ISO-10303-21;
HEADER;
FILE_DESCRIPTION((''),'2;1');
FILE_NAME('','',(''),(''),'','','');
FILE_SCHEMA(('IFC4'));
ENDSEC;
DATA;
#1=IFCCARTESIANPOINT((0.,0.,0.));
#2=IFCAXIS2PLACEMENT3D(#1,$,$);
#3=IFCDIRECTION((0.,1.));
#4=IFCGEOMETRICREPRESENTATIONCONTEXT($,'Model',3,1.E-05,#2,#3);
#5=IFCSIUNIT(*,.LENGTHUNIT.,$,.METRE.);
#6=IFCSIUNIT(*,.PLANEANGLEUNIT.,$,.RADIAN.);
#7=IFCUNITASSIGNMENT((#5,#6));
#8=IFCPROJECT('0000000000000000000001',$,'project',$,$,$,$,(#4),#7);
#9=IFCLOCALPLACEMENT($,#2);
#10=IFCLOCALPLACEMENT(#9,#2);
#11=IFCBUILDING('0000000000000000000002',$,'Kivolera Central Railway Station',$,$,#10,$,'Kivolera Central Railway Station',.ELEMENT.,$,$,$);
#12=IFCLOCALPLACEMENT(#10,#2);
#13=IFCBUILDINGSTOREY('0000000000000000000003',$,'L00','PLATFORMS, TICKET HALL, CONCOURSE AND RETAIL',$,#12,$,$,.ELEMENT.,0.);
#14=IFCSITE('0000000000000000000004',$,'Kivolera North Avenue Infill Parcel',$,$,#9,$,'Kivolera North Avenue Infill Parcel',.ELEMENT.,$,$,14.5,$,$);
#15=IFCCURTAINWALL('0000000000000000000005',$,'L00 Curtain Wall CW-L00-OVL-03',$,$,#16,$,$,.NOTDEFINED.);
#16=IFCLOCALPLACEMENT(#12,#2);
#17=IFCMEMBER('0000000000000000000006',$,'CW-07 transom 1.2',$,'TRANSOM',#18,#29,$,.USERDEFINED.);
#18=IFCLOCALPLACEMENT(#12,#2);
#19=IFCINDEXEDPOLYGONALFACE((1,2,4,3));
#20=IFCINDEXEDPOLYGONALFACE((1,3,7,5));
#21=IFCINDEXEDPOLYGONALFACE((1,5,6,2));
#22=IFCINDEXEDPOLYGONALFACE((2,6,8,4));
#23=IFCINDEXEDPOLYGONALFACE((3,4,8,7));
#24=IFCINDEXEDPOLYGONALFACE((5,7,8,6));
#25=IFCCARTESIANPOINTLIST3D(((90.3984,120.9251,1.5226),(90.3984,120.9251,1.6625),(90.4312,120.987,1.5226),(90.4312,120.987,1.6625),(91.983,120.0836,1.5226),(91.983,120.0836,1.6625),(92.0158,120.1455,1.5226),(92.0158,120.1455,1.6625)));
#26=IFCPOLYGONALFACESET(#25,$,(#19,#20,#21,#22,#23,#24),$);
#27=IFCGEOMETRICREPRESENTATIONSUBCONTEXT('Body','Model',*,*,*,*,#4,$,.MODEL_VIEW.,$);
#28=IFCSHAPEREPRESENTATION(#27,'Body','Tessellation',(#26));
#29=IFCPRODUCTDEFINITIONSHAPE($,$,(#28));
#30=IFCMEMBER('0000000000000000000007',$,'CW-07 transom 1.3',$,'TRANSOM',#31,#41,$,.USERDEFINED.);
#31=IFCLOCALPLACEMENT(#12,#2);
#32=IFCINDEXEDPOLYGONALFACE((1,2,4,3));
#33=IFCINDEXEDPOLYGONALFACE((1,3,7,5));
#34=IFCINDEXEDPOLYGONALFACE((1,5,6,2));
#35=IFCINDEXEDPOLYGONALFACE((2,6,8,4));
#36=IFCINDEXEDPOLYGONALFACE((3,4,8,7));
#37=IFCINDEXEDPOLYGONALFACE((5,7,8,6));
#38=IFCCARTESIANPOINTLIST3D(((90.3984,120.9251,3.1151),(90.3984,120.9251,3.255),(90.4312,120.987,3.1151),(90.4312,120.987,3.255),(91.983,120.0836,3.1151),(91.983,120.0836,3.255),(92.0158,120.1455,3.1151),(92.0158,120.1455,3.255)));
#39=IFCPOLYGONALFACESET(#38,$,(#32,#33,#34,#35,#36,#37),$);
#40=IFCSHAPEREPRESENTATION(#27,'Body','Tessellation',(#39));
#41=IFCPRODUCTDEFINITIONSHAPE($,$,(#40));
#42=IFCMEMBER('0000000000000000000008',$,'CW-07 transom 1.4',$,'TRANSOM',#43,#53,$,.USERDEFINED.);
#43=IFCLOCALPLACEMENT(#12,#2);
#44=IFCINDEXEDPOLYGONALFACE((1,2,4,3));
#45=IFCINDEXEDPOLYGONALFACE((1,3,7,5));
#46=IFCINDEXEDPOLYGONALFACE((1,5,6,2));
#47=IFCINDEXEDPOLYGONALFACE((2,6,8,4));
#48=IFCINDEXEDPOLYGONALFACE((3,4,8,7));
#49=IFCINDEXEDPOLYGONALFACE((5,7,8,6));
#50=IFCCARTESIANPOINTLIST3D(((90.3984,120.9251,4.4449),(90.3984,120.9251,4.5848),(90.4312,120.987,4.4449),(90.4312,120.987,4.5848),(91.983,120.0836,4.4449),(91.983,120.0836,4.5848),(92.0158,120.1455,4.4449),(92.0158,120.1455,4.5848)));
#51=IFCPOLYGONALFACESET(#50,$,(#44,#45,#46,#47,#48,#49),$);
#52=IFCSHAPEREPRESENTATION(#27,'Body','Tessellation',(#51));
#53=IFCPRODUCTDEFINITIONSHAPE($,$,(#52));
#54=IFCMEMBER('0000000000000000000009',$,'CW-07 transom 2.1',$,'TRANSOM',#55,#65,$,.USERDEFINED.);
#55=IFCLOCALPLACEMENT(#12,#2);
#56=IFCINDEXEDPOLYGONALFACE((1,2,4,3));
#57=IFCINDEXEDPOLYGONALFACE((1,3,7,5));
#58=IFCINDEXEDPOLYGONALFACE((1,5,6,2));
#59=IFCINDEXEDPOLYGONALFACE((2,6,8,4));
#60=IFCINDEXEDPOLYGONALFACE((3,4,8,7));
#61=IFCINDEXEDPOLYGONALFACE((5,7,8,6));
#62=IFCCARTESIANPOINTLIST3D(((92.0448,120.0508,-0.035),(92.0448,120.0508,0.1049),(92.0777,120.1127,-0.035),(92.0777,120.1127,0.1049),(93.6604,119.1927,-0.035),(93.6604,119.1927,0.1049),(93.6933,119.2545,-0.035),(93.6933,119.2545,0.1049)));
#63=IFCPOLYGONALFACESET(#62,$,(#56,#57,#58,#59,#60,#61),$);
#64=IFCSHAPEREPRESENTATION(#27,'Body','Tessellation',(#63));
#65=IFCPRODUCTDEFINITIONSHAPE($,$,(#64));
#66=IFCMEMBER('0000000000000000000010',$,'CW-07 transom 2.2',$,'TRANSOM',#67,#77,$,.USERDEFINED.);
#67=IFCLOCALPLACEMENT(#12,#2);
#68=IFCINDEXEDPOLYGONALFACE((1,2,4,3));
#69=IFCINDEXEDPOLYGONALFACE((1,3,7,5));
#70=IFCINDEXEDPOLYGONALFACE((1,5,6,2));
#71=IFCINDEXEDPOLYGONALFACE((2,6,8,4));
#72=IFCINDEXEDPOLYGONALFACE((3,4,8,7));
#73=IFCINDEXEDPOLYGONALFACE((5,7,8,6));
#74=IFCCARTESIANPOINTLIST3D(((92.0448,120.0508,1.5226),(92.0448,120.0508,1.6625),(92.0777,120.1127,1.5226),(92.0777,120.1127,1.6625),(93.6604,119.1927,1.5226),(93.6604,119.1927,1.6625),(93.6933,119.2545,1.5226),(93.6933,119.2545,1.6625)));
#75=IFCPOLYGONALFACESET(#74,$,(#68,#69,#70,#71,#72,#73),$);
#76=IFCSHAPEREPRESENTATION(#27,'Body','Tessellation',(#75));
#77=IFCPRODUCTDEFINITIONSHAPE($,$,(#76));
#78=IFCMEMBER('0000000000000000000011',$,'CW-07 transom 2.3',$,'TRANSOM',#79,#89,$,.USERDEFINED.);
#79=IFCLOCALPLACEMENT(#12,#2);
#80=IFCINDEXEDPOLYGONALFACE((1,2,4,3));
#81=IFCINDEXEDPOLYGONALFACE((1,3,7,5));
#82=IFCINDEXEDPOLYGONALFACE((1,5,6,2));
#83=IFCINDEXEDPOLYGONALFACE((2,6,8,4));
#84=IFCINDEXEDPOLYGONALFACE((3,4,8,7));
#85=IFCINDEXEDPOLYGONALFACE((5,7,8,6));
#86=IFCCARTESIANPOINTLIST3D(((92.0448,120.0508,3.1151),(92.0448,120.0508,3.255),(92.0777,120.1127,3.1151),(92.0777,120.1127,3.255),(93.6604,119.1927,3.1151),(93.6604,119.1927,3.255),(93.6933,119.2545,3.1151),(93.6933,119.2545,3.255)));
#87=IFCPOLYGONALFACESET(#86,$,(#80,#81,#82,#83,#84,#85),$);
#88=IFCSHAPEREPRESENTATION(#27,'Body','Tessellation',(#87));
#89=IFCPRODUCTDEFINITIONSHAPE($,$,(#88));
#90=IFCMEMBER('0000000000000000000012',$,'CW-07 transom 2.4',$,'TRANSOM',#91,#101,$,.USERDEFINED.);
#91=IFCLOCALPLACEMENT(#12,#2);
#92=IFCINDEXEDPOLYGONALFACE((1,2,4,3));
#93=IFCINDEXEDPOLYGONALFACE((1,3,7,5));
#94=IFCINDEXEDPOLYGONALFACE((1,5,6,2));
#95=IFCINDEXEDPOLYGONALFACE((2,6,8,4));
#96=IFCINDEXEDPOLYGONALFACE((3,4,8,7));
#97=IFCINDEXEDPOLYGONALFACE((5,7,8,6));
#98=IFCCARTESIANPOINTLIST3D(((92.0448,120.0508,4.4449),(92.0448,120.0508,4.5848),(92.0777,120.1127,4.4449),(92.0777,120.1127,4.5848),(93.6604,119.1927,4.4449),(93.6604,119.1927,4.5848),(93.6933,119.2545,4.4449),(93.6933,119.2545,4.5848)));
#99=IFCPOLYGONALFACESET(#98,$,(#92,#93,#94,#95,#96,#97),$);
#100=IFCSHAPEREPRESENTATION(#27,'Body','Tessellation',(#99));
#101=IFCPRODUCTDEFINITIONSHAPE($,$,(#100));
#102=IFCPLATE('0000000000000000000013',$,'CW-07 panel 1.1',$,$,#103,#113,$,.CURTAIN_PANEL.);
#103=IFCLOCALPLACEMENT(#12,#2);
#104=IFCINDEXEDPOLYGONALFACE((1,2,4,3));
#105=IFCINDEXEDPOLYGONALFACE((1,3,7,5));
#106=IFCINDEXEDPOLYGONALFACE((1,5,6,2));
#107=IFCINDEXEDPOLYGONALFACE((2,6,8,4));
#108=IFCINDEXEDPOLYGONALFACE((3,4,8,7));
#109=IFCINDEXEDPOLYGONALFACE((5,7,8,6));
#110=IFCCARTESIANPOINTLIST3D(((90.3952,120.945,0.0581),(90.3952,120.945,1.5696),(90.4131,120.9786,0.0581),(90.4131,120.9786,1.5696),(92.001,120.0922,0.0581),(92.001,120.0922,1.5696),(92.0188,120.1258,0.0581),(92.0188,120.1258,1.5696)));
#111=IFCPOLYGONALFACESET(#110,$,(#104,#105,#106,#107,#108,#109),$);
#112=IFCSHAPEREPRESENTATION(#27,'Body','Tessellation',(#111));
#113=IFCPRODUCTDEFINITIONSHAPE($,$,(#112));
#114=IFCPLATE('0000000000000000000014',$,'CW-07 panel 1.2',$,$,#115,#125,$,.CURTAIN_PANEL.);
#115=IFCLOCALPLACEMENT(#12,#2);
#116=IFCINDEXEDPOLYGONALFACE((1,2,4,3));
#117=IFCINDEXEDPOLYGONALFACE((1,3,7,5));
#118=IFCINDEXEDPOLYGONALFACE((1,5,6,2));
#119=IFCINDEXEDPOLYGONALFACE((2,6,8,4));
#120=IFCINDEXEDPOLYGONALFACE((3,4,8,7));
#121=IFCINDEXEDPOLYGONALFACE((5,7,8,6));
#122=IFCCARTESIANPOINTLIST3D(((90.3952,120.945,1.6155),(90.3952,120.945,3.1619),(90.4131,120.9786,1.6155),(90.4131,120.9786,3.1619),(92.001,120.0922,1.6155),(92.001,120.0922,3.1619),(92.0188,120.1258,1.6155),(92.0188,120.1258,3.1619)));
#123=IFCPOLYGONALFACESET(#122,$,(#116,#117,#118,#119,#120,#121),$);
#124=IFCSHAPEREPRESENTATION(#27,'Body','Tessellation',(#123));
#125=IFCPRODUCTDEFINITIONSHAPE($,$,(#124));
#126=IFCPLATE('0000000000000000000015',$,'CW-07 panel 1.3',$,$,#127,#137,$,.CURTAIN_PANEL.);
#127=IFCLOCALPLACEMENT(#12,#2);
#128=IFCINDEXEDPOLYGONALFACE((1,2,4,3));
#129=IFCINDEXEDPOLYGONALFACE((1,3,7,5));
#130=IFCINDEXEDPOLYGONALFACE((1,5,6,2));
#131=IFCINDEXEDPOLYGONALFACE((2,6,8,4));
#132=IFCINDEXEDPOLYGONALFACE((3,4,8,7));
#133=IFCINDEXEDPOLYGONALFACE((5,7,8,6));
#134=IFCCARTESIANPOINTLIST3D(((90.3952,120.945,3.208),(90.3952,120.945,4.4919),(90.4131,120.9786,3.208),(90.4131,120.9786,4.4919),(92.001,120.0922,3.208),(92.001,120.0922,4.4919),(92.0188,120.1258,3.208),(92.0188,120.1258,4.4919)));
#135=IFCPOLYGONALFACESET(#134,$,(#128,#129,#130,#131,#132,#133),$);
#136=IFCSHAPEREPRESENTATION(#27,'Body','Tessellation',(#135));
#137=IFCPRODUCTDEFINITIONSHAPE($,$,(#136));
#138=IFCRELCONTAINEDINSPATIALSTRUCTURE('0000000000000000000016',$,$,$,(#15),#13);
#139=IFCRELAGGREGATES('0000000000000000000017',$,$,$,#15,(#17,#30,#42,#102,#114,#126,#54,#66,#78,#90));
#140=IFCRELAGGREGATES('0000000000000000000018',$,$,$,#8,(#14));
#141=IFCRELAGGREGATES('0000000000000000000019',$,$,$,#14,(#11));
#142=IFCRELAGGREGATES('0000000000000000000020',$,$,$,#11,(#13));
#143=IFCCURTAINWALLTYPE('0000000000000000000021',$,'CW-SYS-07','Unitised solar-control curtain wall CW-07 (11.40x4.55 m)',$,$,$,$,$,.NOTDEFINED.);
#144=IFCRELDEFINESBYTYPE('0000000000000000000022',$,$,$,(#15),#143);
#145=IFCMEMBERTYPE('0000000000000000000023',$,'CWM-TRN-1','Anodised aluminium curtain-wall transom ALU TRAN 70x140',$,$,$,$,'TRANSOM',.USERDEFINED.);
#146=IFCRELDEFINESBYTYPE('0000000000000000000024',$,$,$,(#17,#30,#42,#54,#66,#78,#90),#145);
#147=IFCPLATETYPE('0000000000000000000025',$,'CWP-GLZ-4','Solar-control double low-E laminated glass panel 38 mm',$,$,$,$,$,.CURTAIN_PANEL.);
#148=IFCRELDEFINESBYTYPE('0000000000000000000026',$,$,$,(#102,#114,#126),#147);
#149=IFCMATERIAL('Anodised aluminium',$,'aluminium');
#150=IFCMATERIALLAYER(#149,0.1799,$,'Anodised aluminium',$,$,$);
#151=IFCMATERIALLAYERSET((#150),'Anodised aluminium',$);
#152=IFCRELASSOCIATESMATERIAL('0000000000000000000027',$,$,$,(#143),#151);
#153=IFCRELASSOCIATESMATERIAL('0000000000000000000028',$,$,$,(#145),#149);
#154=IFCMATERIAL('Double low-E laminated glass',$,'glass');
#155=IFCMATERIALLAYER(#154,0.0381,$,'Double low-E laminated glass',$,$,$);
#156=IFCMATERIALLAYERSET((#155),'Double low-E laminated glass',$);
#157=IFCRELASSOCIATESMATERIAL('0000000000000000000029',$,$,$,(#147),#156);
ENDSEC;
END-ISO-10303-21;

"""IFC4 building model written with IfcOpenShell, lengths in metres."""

from ifc_helpers import new_model, si_unit, direction, frame, origin, origin_2d, place, context, subcontext, project, spatial, rectangle, extrude, material, layer, layer_set, material_profile, profile_set, type_object, element, aggregate, save


model = new_model("IFC4")

# Units and contexts
model_context = context("Model", 3, precision=1e-05, world=origin(), true_north=direction((0.0, 1.0)))
body_context = subcontext(model_context, "Body", "Model", "MODEL_VIEW")
ifc_project = project(units=[si_unit("LENGTHUNIT", "METRE"), si_unit("PLANEANGLEUNIT", "RADIAN")], contexts=[model_context])

# Site, building, storey
site_placement = place(None, origin())
site = spatial("IfcSite", under=ifc_project, at=site_placement, Name="Kivolera North Avenue Infill Parcel", LongName="Kivolera North Avenue Infill Parcel", CompositionType="ELEMENT", RefElevation=14.5)
building_placement = place(site_placement, origin())
building = spatial("IfcBuilding", under=site, at=building_placement, Name="Kivolera Central Railway Station", LongName="Kivolera Central Railway Station", CompositionType="ELEMENT")
storey_placement = place(building_placement, origin())
storey = spatial("IfcBuildingStorey", under=building, at=storey_placement, Name="L00", Description="PLATFORMS, TICKET HALL, CONCOURSE AND RETAIL", CompositionType="ELEMENT", Elevation=0.0)

# Curtain wall, members, plates
ifc_material_1 = material(Name="Anodised aluminium", Category="aluminium")
ifc_layer_1 = layer(ifc_material_1, 0.1799, Name="Anodised aluminium")
ifc_layer_set_1 = layer_set([ifc_layer_1], Name="Anodised aluminium")
curtain_wall_type = type_object("IfcCurtainWallType", Name="CW-SYS-07", Description="Unitised solar-control curtain wall CW-07 (11.40x4.55 m)", PredefinedType="NOTDEFINED", material=ifc_layer_set_1)
curtain_wall_placement = place(storey_placement, origin())
curtain_wall = element("IfcCurtainWall", 1, at=curtain_wall_placement, inside=storey, type_object=curtain_wall_type, Name="L00 Curtain Wall CW-L00-OVL-03", PredefinedType="NOTDEFINED")
ifc_material_profile_1 = material_profile(ifc_material_1, rectangle(XDim=0.0701, YDim=0.1399, at=origin_2d()), Name="ALU TRAN 70x140")
ifc_profile_set_1 = profile_set([ifc_material_profile_1], Name="Anodised aluminium")
member_type_1 = type_object("IfcMemberType", Name="CWM-TRN-1", Description="Anodised aluminium curtain-wall transom ALU TRAN 70x140", ElementType="TRANSOM", PredefinedType="USERDEFINED", material=ifc_profile_set_1)
member_1_placement = place(storey_placement, frame((90.4148, 120.9561, 1.5925), z_axis=(0.883191, -0.469013, 0.0), x_axis=(0.469013, 0.883191, 0.0)))
member_1 = element("IfcMember", 2, at=member_1_placement, type_object=member_type_1, Name="CW-07 transom 1.2", ObjectType="TRANSOM", PredefinedType="USERDEFINED", context=body_context, shape_type="SweptSolid", body=[
    extrude(rectangle(XDim=0.0701, YDim=0.1399, at=origin_2d()), origin(), (0.0, 0.0, 1.0), 1.7942),
])
member_2_placement = place(storey_placement, frame((90.4148, 120.9561, 3.1851), z_axis=(0.883191, -0.469013, 0.0), x_axis=(0.469013, 0.883191, 0.0)))
member_2 = element("IfcMember", 3, at=member_2_placement, type_object=member_type_1, Name="CW-07 transom 1.3", ObjectType="TRANSOM", PredefinedType="USERDEFINED", context=body_context, shape_type="SweptSolid", body=[
    extrude(rectangle(XDim=0.0701, YDim=0.1399, at=origin_2d()), origin(), (0.0, 0.0, 1.0), 1.7942),
])
member_3_placement = place(storey_placement, frame((90.4148, 120.9561, 4.5149), z_axis=(0.883191, -0.469013, 0.0), x_axis=(0.469013, 0.883191, 0.0)))
member_3 = element("IfcMember", 4, at=member_3_placement, type_object=member_type_1, Name="CW-07 transom 1.4", ObjectType="TRANSOM", PredefinedType="USERDEFINED", context=body_context, shape_type="SweptSolid", body=[
    extrude(rectangle(XDim=0.0701, YDim=0.1399, at=origin_2d()), origin(), (0.0, 0.0, 1.0), 1.7942),
])
member_4_placement = place(storey_placement, frame((92.0613, 120.0818, 0.0349), z_axis=(0.883131, -0.469126, 0.0), x_axis=(0.469126, 0.883131, 0.0)))
member_4 = element("IfcMember", 5, at=member_4_placement, type_object=member_type_1, Name="CW-07 transom 2.1", ObjectType="TRANSOM", PredefinedType="USERDEFINED", context=body_context, shape_type="SweptSolid", body=[
    extrude(rectangle(XDim=0.0701, YDim=0.1399, at=origin_2d()), origin(), (0.0, 0.0, 1.0), 1.8293),
])
member_5_placement = place(storey_placement, frame((92.0613, 120.0818, 1.5925), z_axis=(0.883131, -0.469126, 0.0), x_axis=(0.469126, 0.883131, 0.0)))
member_5 = element("IfcMember", 6, at=member_5_placement, type_object=member_type_1, Name="CW-07 transom 2.2", ObjectType="TRANSOM", PredefinedType="USERDEFINED", context=body_context, shape_type="SweptSolid", body=[
    extrude(rectangle(XDim=0.0701, YDim=0.1399, at=origin_2d()), origin(), (0.0, 0.0, 1.0), 1.8293),
])
member_6_placement = place(storey_placement, frame((92.0613, 120.0818, 3.1851), z_axis=(0.883131, -0.469126, 0.0), x_axis=(0.469126, 0.883131, 0.0)))
member_6 = element("IfcMember", 7, at=member_6_placement, type_object=member_type_1, Name="CW-07 transom 2.3", ObjectType="TRANSOM", PredefinedType="USERDEFINED", context=body_context, shape_type="SweptSolid", body=[
    extrude(rectangle(XDim=0.0701, YDim=0.1399, at=origin_2d()), origin(), (0.0, 0.0, 1.0), 1.8293),
])
member_7_placement = place(storey_placement, frame((92.0613, 120.0818, 4.5149), z_axis=(0.883131, -0.469126, 0.0), x_axis=(0.469126, 0.883131, 0.0)))
member_7 = element("IfcMember", 8, at=member_7_placement, type_object=member_type_1, Name="CW-07 transom 2.4", ObjectType="TRANSOM", PredefinedType="USERDEFINED", context=body_context, shape_type="SweptSolid", body=[
    extrude(rectangle(XDim=0.0701, YDim=0.1399, at=origin_2d()), origin(), (0.0, 0.0, 1.0), 1.8293),
])
ifc_material_2 = material(Name="Double low-E laminated glass", Category="glass")
ifc_layer_2 = layer(ifc_material_2, 0.0381, Name="Double low-E laminated glass")
ifc_layer_set_2 = layer_set([ifc_layer_2], Name="Double low-E laminated glass")
plate_type = type_object("IfcPlateType", Name="CWP-GLZ-4", Description="Solar-control double low-E laminated glass panel 38 mm", PredefinedType="CURTAIN_PANEL", material=ifc_layer_set_2)
plate_1_placement = place(storey_placement, frame((91.207, 120.5354, 0.0581), z_axis=(0.0, 0.0, 1.0), x_axis=(0.88317, -0.469053, 0.0)))
plate_1 = element("IfcPlate", 9, at=plate_1_placement, type_object=plate_type, Name="CW-07 panel 1.1", PredefinedType="CURTAIN_PANEL", context=body_context, shape_type="SweptSolid", body=[
    extrude(rectangle(XDim=1.8181, YDim=0.0381, at=origin_2d()), origin(), (0.0, 0.0, 1.0), 1.5115),
])
plate_2_placement = place(storey_placement, frame((91.207, 120.5354, 1.6155), z_axis=(0.0, 0.0, 1.0), x_axis=(0.88317, -0.469053, 0.0)))
plate_2 = element("IfcPlate", 10, at=plate_2_placement, type_object=plate_type, Name="CW-07 panel 1.2", PredefinedType="CURTAIN_PANEL", context=body_context, shape_type="SweptSolid", body=[
    extrude(rectangle(XDim=1.8181, YDim=0.0381, at=origin_2d()), origin(), (0.0, 0.0, 1.0), 1.5464),
])
plate_3_placement = place(storey_placement, frame((91.207, 120.5354, 3.208), z_axis=(0.0, 0.0, 1.0), x_axis=(0.88317, -0.469053, 0.0)))
plate_3 = element("IfcPlate", 11, at=plate_3_placement, type_object=plate_type, Name="CW-07 panel 1.3", PredefinedType="CURTAIN_PANEL", context=body_context, shape_type="SweptSolid", body=[
    extrude(rectangle(XDim=1.8181, YDim=0.0381, at=origin_2d()), origin(), (0.0, 0.0, 1.0), 1.2839),
])
aggregate(curtain_wall, [member_1, member_2, member_3, plate_1, plate_2, plate_3, member_4, member_5, member_6, member_7])

save(model, "model.ifc")
